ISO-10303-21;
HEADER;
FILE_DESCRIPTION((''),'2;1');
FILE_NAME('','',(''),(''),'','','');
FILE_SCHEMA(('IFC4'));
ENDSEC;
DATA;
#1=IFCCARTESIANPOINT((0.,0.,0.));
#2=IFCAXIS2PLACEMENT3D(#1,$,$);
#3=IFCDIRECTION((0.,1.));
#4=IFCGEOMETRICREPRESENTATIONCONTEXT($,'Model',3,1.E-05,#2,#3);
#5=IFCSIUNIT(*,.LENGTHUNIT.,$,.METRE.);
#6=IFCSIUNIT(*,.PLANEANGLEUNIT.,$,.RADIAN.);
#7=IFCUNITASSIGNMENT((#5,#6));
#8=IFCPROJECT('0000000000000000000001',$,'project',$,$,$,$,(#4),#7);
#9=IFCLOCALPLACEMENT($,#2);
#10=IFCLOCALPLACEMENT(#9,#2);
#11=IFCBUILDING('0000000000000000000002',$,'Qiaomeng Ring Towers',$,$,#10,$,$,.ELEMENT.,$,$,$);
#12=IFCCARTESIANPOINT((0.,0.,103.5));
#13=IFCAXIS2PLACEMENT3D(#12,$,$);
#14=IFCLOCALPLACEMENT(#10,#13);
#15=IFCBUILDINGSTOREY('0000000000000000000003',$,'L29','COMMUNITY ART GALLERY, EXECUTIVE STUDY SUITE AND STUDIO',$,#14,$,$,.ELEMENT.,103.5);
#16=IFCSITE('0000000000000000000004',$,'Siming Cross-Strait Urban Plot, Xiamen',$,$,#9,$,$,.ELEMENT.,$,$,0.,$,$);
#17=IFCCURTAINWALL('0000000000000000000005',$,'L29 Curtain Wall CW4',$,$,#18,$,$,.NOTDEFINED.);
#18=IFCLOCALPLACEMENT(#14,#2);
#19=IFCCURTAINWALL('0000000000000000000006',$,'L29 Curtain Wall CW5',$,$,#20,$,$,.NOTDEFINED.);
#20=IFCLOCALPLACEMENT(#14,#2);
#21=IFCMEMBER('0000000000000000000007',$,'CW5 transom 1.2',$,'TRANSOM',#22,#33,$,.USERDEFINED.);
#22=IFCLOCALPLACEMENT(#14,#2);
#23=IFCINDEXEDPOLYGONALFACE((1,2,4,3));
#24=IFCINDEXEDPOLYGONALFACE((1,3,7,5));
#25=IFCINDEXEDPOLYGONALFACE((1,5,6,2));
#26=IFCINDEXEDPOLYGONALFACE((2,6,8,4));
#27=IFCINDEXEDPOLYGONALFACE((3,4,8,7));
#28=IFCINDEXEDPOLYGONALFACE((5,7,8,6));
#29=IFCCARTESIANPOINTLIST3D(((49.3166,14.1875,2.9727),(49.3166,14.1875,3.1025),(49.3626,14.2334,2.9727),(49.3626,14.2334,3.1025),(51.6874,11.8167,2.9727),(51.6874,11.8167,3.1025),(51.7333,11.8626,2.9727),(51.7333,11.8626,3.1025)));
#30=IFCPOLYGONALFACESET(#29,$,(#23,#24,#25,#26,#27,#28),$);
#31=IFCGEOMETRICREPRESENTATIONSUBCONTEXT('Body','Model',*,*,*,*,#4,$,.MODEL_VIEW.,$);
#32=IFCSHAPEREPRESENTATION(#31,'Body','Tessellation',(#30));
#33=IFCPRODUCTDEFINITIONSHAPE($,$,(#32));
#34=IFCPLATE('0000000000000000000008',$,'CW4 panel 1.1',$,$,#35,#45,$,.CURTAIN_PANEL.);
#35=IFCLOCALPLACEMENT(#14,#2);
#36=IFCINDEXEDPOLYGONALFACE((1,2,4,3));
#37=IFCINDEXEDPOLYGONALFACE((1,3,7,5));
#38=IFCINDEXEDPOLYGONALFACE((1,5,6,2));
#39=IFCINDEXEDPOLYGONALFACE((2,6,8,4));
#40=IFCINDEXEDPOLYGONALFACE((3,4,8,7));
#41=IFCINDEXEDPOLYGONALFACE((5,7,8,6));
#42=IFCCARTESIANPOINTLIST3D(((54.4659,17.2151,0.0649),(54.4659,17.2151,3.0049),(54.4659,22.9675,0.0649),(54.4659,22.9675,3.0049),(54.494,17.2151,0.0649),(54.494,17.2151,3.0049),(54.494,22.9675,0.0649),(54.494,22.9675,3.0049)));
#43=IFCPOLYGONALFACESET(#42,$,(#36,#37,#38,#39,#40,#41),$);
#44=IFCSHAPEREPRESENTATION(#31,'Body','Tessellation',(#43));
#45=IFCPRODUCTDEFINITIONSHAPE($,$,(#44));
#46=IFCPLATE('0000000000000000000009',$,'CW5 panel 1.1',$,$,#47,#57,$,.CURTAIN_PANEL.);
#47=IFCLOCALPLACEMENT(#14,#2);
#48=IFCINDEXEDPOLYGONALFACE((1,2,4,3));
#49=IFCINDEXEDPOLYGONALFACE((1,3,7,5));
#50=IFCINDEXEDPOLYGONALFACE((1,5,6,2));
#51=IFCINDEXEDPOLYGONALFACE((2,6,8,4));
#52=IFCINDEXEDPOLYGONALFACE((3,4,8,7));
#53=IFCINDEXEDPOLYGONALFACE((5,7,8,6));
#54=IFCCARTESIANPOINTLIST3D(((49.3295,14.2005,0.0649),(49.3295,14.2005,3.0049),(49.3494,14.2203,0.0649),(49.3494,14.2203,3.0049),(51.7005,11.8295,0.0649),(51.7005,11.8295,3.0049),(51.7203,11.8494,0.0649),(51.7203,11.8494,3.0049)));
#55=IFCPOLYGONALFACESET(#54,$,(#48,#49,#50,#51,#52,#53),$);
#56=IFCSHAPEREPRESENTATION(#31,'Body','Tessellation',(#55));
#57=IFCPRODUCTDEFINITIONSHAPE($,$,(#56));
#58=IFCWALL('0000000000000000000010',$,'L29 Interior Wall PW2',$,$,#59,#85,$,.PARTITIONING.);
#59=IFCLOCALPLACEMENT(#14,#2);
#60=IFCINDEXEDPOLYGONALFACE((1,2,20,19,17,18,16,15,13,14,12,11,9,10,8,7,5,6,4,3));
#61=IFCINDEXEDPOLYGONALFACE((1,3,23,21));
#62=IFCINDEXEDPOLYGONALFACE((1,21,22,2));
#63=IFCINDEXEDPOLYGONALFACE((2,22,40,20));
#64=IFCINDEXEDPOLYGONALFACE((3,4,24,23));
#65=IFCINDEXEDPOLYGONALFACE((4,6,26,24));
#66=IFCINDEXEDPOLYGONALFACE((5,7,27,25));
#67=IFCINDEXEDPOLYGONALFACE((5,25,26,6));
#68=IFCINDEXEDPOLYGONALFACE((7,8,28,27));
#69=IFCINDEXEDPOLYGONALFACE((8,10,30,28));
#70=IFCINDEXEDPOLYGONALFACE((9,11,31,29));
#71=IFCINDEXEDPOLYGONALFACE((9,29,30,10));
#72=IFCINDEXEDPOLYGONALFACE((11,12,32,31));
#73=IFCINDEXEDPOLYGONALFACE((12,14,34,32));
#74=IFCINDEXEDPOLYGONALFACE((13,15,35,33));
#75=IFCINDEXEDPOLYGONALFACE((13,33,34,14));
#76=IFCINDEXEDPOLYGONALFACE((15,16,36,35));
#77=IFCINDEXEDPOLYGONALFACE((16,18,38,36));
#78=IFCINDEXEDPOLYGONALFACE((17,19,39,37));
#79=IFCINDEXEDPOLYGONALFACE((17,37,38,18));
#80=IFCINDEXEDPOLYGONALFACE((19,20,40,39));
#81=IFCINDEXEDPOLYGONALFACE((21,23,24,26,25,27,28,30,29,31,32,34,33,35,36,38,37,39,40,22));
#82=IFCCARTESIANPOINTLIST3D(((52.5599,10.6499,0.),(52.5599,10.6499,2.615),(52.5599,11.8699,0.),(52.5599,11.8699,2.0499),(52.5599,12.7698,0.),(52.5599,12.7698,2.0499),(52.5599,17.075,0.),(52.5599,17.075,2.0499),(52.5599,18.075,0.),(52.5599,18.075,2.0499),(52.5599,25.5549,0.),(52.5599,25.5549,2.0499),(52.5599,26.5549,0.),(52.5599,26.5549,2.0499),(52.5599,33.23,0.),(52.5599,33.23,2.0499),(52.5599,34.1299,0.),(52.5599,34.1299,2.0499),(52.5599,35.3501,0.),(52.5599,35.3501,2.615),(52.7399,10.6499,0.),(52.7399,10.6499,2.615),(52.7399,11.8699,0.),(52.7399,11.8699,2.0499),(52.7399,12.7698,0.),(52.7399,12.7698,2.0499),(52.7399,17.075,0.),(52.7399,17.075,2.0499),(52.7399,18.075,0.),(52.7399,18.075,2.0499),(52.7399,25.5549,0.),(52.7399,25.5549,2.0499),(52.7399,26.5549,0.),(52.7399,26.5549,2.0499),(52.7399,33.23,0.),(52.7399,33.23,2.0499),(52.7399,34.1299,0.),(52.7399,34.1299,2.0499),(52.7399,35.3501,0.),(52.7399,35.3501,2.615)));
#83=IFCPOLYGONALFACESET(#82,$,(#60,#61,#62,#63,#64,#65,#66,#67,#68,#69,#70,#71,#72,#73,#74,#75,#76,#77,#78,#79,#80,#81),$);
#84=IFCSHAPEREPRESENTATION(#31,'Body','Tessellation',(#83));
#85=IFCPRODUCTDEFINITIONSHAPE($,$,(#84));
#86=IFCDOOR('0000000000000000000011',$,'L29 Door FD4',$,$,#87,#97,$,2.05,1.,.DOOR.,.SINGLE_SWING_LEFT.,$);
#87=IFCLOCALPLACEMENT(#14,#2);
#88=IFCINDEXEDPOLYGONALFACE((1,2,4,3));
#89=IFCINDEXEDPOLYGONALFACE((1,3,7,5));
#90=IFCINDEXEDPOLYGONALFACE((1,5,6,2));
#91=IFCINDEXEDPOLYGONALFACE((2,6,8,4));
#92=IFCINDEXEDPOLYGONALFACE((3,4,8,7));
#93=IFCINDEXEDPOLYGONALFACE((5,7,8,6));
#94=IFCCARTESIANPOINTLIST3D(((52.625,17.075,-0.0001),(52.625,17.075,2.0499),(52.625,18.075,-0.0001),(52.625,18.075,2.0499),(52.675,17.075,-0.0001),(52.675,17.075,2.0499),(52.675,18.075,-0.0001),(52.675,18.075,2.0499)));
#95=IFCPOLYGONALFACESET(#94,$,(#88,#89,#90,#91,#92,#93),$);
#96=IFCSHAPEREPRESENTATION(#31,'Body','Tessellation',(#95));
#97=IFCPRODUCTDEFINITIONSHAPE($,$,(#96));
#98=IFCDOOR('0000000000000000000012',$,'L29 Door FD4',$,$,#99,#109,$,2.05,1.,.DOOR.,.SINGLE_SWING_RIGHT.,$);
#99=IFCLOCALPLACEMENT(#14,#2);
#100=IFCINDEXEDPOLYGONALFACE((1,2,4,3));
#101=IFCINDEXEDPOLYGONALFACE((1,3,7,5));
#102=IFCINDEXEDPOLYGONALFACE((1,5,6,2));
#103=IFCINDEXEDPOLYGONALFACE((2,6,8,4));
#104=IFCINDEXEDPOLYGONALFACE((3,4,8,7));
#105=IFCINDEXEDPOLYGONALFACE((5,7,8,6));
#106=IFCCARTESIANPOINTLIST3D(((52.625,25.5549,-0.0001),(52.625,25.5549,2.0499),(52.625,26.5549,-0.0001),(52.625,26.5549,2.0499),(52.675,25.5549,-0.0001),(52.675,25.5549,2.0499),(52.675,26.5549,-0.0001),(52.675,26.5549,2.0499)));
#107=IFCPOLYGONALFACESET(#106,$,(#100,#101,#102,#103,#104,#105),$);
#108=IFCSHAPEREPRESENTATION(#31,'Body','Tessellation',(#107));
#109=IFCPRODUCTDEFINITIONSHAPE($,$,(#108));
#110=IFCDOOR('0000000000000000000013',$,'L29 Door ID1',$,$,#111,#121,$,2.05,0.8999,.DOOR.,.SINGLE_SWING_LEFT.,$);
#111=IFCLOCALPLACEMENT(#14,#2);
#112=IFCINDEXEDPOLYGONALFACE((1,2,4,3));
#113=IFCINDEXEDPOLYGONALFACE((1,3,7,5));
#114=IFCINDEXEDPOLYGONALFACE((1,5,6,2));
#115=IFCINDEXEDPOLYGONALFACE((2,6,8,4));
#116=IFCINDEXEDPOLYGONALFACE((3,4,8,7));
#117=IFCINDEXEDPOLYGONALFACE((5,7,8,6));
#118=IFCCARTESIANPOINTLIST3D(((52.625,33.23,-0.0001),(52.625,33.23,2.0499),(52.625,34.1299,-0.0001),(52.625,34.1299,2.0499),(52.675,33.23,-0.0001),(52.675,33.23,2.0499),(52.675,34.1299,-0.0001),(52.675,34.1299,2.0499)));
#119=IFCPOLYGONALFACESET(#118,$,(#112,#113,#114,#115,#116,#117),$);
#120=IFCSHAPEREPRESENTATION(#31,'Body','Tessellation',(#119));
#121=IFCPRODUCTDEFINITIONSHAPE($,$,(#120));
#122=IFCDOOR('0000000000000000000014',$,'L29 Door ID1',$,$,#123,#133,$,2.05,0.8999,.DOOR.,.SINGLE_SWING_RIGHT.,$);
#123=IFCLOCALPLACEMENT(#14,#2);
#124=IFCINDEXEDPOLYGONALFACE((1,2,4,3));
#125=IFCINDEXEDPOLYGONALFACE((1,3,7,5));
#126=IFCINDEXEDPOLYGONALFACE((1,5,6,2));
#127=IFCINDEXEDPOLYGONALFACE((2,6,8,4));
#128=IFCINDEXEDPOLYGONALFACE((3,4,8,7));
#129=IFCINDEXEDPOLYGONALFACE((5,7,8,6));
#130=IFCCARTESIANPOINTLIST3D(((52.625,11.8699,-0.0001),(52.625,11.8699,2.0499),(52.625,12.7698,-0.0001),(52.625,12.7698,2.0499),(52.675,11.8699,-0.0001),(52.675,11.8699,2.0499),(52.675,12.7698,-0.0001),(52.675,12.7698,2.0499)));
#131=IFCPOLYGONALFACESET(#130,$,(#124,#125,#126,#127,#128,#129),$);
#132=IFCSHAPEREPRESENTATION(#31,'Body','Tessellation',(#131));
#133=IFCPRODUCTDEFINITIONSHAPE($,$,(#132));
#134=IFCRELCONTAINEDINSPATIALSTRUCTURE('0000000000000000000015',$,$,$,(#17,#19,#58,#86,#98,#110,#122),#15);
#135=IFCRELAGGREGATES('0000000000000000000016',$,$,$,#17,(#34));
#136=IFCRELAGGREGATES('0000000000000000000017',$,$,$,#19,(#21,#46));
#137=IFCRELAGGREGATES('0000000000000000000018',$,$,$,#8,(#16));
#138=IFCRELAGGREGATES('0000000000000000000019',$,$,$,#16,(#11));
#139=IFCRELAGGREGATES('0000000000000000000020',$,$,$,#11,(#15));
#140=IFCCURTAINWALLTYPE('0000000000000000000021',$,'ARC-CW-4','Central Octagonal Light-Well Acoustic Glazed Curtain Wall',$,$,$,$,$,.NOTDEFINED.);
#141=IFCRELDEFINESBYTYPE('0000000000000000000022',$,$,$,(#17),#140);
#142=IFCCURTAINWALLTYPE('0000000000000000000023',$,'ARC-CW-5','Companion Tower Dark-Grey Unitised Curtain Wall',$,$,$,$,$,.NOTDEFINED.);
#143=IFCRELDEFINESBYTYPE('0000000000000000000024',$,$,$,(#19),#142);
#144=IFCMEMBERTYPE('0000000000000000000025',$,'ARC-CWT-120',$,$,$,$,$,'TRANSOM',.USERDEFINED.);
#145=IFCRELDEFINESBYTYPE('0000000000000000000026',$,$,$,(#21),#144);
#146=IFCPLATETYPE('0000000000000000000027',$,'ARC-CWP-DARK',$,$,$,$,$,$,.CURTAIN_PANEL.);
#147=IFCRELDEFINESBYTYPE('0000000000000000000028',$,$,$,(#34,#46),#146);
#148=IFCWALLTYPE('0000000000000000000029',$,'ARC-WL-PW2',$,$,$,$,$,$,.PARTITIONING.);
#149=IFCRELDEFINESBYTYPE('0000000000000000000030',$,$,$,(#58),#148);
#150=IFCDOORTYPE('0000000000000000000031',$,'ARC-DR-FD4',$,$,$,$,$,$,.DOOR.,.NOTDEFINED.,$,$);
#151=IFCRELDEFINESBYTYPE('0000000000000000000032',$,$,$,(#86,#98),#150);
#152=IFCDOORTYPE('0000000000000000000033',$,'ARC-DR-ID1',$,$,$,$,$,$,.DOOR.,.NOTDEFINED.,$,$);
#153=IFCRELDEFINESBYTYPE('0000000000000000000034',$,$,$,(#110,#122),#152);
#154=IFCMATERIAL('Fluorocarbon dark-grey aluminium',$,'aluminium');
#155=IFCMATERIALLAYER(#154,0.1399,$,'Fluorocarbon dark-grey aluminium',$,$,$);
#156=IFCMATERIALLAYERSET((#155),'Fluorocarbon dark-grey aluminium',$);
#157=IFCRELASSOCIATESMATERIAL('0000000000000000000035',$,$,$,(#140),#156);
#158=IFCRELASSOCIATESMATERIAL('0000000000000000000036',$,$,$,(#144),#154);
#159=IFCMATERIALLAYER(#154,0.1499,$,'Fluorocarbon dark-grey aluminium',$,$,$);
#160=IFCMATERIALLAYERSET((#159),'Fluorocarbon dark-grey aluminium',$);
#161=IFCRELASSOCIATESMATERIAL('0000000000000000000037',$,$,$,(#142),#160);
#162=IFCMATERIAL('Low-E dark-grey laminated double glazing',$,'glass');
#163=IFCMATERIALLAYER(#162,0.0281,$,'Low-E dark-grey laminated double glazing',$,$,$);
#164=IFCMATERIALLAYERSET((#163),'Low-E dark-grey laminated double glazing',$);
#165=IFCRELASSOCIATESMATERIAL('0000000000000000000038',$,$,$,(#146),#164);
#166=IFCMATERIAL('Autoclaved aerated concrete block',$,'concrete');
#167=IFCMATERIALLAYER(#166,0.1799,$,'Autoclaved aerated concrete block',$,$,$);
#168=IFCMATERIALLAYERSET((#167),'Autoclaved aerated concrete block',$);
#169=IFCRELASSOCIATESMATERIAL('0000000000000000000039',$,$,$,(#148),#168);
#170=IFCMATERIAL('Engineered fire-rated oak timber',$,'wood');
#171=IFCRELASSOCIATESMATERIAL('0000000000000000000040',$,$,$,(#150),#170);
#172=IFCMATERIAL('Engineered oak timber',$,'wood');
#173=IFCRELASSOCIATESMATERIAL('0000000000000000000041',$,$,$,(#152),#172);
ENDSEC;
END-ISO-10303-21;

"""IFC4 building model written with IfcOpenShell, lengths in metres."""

from ifc_helpers import new_model, si_unit, direction, frame, frame_2d, origin, origin_2d, place, context, subcontext, project, spatial, rectangle, extrude, source, transform, mapped, material, layer, layer_set, material_profile, profile_set, type_object, element, fill, aggregate, save


model = new_model("IFC4")

# Units and contexts
model_context = context("Model", 3, precision=1e-05, world=origin(), true_north=direction((0.0, 1.0)))
body_context = subcontext(model_context, "Body", "Model", "MODEL_VIEW")
ifc_project = project(units=[si_unit("LENGTHUNIT", "METRE"), si_unit("PLANEANGLEUNIT", "RADIAN")], contexts=[model_context])

# Site, building, storey
site_placement = place(None, origin())
site = spatial("IfcSite", under=ifc_project, at=site_placement, Name="Siming Cross-Strait Urban Plot, Xiamen", CompositionType="ELEMENT", RefElevation=0.0)
building_placement = place(site_placement, origin())
building = spatial("IfcBuilding", under=site, at=building_placement, Name="Qiaomeng Ring Towers", CompositionType="ELEMENT")
storey_placement = place(building_placement, frame((0.0, 0.0, 103.5)))
storey = spatial("IfcBuildingStorey", under=building, at=storey_placement, Name="L29", Description="COMMUNITY ART GALLERY, EXECUTIVE STUDY SUITE AND STUDIO", CompositionType="ELEMENT", Elevation=103.5)

# Curtain walls
ifc_material_1 = material(Name="Fluorocarbon dark-grey aluminium", Category="aluminium")
ifc_layer_1 = layer(ifc_material_1, 0.1399, Name="Fluorocarbon dark-grey aluminium")
ifc_layer_set_1 = layer_set([ifc_layer_1], Name="Fluorocarbon dark-grey aluminium")
curtain_wall_type_1 = type_object("IfcCurtainWallType", Name="ARC-CW-4", Description="Central Octagonal Light-Well Acoustic Glazed Curtain Wall", PredefinedType="NOTDEFINED", material=ifc_layer_set_1)
curtain_wall_1_placement = place(storey_placement, origin())
curtain_wall_1 = element("IfcCurtainWall", 1, at=curtain_wall_1_placement, inside=storey, type_object=curtain_wall_type_1, Name="L29 Curtain Wall CW4", PredefinedType="NOTDEFINED")
ifc_material_profile_1 = material_profile(ifc_material_1, rectangle(XDim=0.0649, YDim=0.1299, at=origin_2d()), Name="ALU TRAN 65x130")
ifc_profile_set_1 = profile_set([ifc_material_profile_1], Name="Fluorocarbon dark-grey aluminium")
member_type_1 = type_object("IfcMemberType", Name="ARC-CWT-120", ElementType="TRANSOM", PredefinedType="USERDEFINED", material=ifc_profile_set_1)
ifc_layer_2 = layer(ifc_material_1, 0.1499, Name="Fluorocarbon dark-grey aluminium")
ifc_layer_set_2 = layer_set([ifc_layer_2], Name="Fluorocarbon dark-grey aluminium")
curtain_wall_type_2 = type_object("IfcCurtainWallType", Name="ARC-CW-5", Description="Companion Tower Dark-Grey Unitised Curtain Wall", PredefinedType="NOTDEFINED", material=ifc_layer_set_2)
curtain_wall_2_placement = place(storey_placement, origin())
curtain_wall_2 = element("IfcCurtainWall", 2, at=curtain_wall_2_placement, inside=storey, type_object=curtain_wall_type_2, Name="L29 Curtain Wall CW5", PredefinedType="NOTDEFINED")

# Member
shared_shape_1 = source(origin(), body_context, "Body", "SweptSolid", [
    extrude(rectangle(XDim=0.0649, YDim=0.1299, at=origin_2d()), origin(), (0.0, 0.0, 1.0), 3.3528),
])
member_1_placement = place(storey_placement, frame((49.3396, 14.2104, 3.0376), z_axis=(0.707107, -0.707107, 0.0), x_axis=(0.707107, 0.707107, 0.0)))
member_1 = element("IfcMember", 3, at=member_1_placement, type_object=member_type_1, Name="CW5 transom 1.2", ObjectType="TRANSOM", PredefinedType="USERDEFINED", context=body_context, shape_type="MappedRepresentation", body=[
    mapped(shared_shape_1, transform((0.0, 0.0, 0.0), x_axis=(1.0, 0.0, 0.0), y_axis=(0.0, 1.0, 0.0), z_axis=(0.0, 0.0, 1.0), scale=1.0)),
])

# Plates
ifc_material_2 = material(Name="Low-E dark-grey laminated double glazing", Category="glass")
ifc_layer_3 = layer(ifc_material_2, 0.0281, Name="Low-E dark-grey laminated double glazing")
ifc_layer_set_3 = layer_set([ifc_layer_3], Name="Low-E dark-grey laminated double glazing")
plate_type = type_object("IfcPlateType", Name="ARC-CWP-DARK", PredefinedType="CURTAIN_PANEL", material=ifc_layer_set_3)
shared_shape_2 = source(origin(), body_context, "Body", "SweptSolid", [
    extrude(rectangle(XDim=5.7524, YDim=0.0281, at=origin_2d()), origin(), (0.0, 0.0, 1.0), 2.9399),
])
plate_1_placement = place(storey_placement, frame((54.48, 20.0913, 0.0649), z_axis=(0.0, 0.0, 1.0), x_axis=(0.0, 1.0, 0.0)))
plate_1 = element("IfcPlate", 4, at=plate_1_placement, type_object=plate_type, Name="CW4 panel 1.1", PredefinedType="CURTAIN_PANEL", context=body_context, shape_type="MappedRepresentation", body=[
    mapped(shared_shape_2, transform((0.0, 0.0, 0.0), x_axis=(1.0, 0.0, 0.0), y_axis=(0.0, 1.0, 0.0), z_axis=(0.0, 0.0, 1.0), scale=1.0)),
])
aggregate(curtain_wall_1, [plate_1])
shared_shape_3 = source(origin(), body_context, "Body", "SweptSolid", [
    extrude(rectangle(XDim=3.353, YDim=0.0281, at=origin_2d()), origin(), (0.0, 0.0, 1.0), 2.9399),
])
plate_2_placement = place(storey_placement, frame((50.5249, 13.0249, 0.0649), z_axis=(0.0, 0.0, 1.0), x_axis=(0.707107, -0.707107, 0.0)))
plate_2 = element("IfcPlate", 5, at=plate_2_placement, type_object=plate_type, Name="CW5 panel 1.1", PredefinedType="CURTAIN_PANEL", context=body_context, shape_type="MappedRepresentation", body=[
    mapped(shared_shape_3, transform((0.0, 0.0, 0.0), x_axis=(1.0, 0.0, 0.0), y_axis=(0.0, 1.0, 0.0), z_axis=(0.0, 0.0, 1.0), scale=1.0)),
])
aggregate(curtain_wall_2, [member_1, plate_2])

# Wall, openings, doors
ifc_material_3 = material(Name="Autoclaved aerated concrete block", Category="concrete")
ifc_layer_4 = layer(ifc_material_3, 0.1799, Name="Autoclaved aerated concrete block")
ifc_layer_set_4 = layer_set([ifc_layer_4], Name="Autoclaved aerated concrete block")
wall_type_1 = type_object("IfcWallType", Name="ARC-WL-PW2", PredefinedType="PARTITIONING", material=ifc_layer_set_4)
wall_1_placement = place(storey_placement, frame((52.6499, 10.6499, 0.0), z_axis=(0.0, 0.0, 1.0), x_axis=(0.0, 1.0, 0.0)))
wall_1 = element("IfcWall", 6, at=wall_1_placement, inside=storey, type_object=wall_type_1, Name="L29 Interior Wall PW2", PredefinedType="PARTITIONING", context=body_context, shape_type="SweptSolid", body=[
    extrude(rectangle(XDim=24.7002, YDim=0.1799, at=frame_2d((12.3501, 0.0))), origin(), (0.0, 0.0, 1.0), 2.615),
])
opening_1_placement = place(wall_1_placement, frame((22.5801, 0.0, 0.0)))
opening_1 = element("IfcOpeningElement", 7, at=opening_1_placement, cuts=wall_1, PredefinedType="OPENING", context=body_context, shape_type="SweptSolid", body=[
    extrude(rectangle(XDim=0.8999, YDim=2.05, at=frame_2d((0.45, 1.0249))), frame((0.0, 0.0999, 0.0), z_axis=(0.0, -1.0, 0.0), x_axis=(1.0, 0.0, 0.0)), (0.0, 0.0, 1.0), 0.2),
])
opening_2_placement = place(wall_1_placement, frame((1.22, 0.0, 0.0)))
opening_2 = element("IfcOpeningElement", 8, at=opening_2_placement, cuts=wall_1, PredefinedType="OPENING", context=body_context, shape_type="SweptSolid", body=[
    extrude(rectangle(XDim=0.8999, YDim=2.05, at=frame_2d((0.45, 1.0249))), frame((0.0, 0.0999, 0.0), z_axis=(0.0, -1.0, 0.0), x_axis=(1.0, 0.0, 0.0)), (0.0, 0.0, 1.0), 0.2),
])
opening_3_placement = place(wall_1_placement, frame((6.425, 0.0, 0.0)))
opening_3 = element("IfcOpeningElement", 9, at=opening_3_placement, cuts=wall_1, PredefinedType="OPENING", context=body_context, shape_type="SweptSolid", body=[
    extrude(rectangle(XDim=1.0, YDim=2.05, at=frame_2d((0.5, 1.0249))), frame((0.0, 0.0999, 0.0), z_axis=(0.0, -1.0, 0.0), x_axis=(1.0, 0.0, 0.0)), (0.0, 0.0, 1.0), 0.2),
])
opening_4_placement = place(wall_1_placement, frame((14.905, 0.0, 0.0)))
opening_4 = element("IfcOpeningElement", 10, at=opening_4_placement, cuts=wall_1, PredefinedType="OPENING", context=body_context, shape_type="SweptSolid", body=[
    extrude(rectangle(XDim=1.0, YDim=2.05, at=frame_2d((0.5, 1.0249))), frame((0.0, 0.0999, 0.0), z_axis=(0.0, -1.0, 0.0), x_axis=(1.0, 0.0, 0.0)), (0.0, 0.0, 1.0), 0.2),
])
ifc_material_4 = material(Name="Engineered fire-rated oak timber", Category="wood")
door_type_1 = type_object("IfcDoorType", Name="ARC-DR-FD4", OperationType="NOTDEFINED", PredefinedType="DOOR", material=ifc_material_4)
shared_shape_4 = source(origin(), body_context, "Body", "SweptSolid", [
    extrude(rectangle(XDim=1.0, YDim=2.05, at=frame_2d((0.5, 1.0249))), frame((0.0, 0.0249, 0.0), z_axis=(0.0, -1.0, 0.0), x_axis=(1.0, 0.0, 0.0)), (0.0, 0.0, 1.0), 0.05),
])
door_1_placement = place(opening_3_placement, origin())
door_1 = element("IfcDoor", 11, at=door_1_placement, inside=storey, type_object=door_type_1, Name="L29 Door FD4", OperationType="SINGLE_SWING_LEFT", OverallHeight=2.05, OverallWidth=1.0, PredefinedType="DOOR", context=body_context, shape_type="MappedRepresentation", body=[
    mapped(shared_shape_4, transform((0.0, 0.0, 0.0), x_axis=(1.0, 0.0, 0.0), y_axis=(0.0, 1.0, 0.0), z_axis=(0.0, 0.0, 1.0), scale=1.0)),
])
fill(opening_3, door_1)
door_2_placement = place(opening_4_placement, origin())
door_2 = element("IfcDoor", 12, at=door_2_placement, inside=storey, type_object=door_type_1, Name="L29 Door FD4", OperationType="SINGLE_SWING_RIGHT", OverallHeight=2.05, OverallWidth=1.0, PredefinedType="DOOR", context=body_context, shape_type="MappedRepresentation", body=[
    mapped(shared_shape_4, transform((0.0, 0.0, 0.0), x_axis=(1.0, 0.0, 0.0), y_axis=(0.0, 1.0, 0.0), z_axis=(0.0, 0.0, 1.0), scale=1.0)),
])
fill(opening_4, door_2)
ifc_material_5 = material(Name="Engineered oak timber", Category="wood")
door_type_2 = type_object("IfcDoorType", Name="ARC-DR-ID1", OperationType="NOTDEFINED", PredefinedType="DOOR", material=ifc_material_5)
shared_shape_5 = source(origin(), body_context, "Body", "SweptSolid", [
    extrude(rectangle(XDim=0.8999, YDim=2.05, at=frame_2d((0.45, 1.0249))), frame((0.0, 0.0249, 0.0), z_axis=(0.0, -1.0, 0.0), x_axis=(1.0, 0.0, 0.0)), (0.0, 0.0, 1.0), 0.05),
])
door_3_placement = place(opening_1_placement, origin())
door_3 = element("IfcDoor", 13, at=door_3_placement, inside=storey, type_object=door_type_2, Name="L29 Door ID1", OperationType="SINGLE_SWING_LEFT", OverallHeight=2.05, OverallWidth=0.8999, PredefinedType="DOOR", context=body_context, shape_type="MappedRepresentation", body=[
    mapped(shared_shape_5, transform((0.0, 0.0, 0.0), x_axis=(1.0, 0.0, 0.0), y_axis=(0.0, 1.0, 0.0), z_axis=(0.0, 0.0, 1.0), scale=1.0)),
])
fill(opening_1, door_3)
door_4_placement = place(opening_2_placement, origin())
door_4 = element("IfcDoor", 14, at=door_4_placement, inside=storey, type_object=door_type_2, Name="L29 Door ID1", OperationType="SINGLE_SWING_RIGHT", OverallHeight=2.05, OverallWidth=0.8999, PredefinedType="DOOR", context=body_context, shape_type="MappedRepresentation", body=[
    mapped(shared_shape_5, transform((0.0, 0.0, 0.0), x_axis=(1.0, 0.0, 0.0), y_axis=(0.0, 1.0, 0.0), z_axis=(0.0, 0.0, 1.0), scale=1.0)),
])
fill(opening_2, door_4)

save(model, "model.ifc")
